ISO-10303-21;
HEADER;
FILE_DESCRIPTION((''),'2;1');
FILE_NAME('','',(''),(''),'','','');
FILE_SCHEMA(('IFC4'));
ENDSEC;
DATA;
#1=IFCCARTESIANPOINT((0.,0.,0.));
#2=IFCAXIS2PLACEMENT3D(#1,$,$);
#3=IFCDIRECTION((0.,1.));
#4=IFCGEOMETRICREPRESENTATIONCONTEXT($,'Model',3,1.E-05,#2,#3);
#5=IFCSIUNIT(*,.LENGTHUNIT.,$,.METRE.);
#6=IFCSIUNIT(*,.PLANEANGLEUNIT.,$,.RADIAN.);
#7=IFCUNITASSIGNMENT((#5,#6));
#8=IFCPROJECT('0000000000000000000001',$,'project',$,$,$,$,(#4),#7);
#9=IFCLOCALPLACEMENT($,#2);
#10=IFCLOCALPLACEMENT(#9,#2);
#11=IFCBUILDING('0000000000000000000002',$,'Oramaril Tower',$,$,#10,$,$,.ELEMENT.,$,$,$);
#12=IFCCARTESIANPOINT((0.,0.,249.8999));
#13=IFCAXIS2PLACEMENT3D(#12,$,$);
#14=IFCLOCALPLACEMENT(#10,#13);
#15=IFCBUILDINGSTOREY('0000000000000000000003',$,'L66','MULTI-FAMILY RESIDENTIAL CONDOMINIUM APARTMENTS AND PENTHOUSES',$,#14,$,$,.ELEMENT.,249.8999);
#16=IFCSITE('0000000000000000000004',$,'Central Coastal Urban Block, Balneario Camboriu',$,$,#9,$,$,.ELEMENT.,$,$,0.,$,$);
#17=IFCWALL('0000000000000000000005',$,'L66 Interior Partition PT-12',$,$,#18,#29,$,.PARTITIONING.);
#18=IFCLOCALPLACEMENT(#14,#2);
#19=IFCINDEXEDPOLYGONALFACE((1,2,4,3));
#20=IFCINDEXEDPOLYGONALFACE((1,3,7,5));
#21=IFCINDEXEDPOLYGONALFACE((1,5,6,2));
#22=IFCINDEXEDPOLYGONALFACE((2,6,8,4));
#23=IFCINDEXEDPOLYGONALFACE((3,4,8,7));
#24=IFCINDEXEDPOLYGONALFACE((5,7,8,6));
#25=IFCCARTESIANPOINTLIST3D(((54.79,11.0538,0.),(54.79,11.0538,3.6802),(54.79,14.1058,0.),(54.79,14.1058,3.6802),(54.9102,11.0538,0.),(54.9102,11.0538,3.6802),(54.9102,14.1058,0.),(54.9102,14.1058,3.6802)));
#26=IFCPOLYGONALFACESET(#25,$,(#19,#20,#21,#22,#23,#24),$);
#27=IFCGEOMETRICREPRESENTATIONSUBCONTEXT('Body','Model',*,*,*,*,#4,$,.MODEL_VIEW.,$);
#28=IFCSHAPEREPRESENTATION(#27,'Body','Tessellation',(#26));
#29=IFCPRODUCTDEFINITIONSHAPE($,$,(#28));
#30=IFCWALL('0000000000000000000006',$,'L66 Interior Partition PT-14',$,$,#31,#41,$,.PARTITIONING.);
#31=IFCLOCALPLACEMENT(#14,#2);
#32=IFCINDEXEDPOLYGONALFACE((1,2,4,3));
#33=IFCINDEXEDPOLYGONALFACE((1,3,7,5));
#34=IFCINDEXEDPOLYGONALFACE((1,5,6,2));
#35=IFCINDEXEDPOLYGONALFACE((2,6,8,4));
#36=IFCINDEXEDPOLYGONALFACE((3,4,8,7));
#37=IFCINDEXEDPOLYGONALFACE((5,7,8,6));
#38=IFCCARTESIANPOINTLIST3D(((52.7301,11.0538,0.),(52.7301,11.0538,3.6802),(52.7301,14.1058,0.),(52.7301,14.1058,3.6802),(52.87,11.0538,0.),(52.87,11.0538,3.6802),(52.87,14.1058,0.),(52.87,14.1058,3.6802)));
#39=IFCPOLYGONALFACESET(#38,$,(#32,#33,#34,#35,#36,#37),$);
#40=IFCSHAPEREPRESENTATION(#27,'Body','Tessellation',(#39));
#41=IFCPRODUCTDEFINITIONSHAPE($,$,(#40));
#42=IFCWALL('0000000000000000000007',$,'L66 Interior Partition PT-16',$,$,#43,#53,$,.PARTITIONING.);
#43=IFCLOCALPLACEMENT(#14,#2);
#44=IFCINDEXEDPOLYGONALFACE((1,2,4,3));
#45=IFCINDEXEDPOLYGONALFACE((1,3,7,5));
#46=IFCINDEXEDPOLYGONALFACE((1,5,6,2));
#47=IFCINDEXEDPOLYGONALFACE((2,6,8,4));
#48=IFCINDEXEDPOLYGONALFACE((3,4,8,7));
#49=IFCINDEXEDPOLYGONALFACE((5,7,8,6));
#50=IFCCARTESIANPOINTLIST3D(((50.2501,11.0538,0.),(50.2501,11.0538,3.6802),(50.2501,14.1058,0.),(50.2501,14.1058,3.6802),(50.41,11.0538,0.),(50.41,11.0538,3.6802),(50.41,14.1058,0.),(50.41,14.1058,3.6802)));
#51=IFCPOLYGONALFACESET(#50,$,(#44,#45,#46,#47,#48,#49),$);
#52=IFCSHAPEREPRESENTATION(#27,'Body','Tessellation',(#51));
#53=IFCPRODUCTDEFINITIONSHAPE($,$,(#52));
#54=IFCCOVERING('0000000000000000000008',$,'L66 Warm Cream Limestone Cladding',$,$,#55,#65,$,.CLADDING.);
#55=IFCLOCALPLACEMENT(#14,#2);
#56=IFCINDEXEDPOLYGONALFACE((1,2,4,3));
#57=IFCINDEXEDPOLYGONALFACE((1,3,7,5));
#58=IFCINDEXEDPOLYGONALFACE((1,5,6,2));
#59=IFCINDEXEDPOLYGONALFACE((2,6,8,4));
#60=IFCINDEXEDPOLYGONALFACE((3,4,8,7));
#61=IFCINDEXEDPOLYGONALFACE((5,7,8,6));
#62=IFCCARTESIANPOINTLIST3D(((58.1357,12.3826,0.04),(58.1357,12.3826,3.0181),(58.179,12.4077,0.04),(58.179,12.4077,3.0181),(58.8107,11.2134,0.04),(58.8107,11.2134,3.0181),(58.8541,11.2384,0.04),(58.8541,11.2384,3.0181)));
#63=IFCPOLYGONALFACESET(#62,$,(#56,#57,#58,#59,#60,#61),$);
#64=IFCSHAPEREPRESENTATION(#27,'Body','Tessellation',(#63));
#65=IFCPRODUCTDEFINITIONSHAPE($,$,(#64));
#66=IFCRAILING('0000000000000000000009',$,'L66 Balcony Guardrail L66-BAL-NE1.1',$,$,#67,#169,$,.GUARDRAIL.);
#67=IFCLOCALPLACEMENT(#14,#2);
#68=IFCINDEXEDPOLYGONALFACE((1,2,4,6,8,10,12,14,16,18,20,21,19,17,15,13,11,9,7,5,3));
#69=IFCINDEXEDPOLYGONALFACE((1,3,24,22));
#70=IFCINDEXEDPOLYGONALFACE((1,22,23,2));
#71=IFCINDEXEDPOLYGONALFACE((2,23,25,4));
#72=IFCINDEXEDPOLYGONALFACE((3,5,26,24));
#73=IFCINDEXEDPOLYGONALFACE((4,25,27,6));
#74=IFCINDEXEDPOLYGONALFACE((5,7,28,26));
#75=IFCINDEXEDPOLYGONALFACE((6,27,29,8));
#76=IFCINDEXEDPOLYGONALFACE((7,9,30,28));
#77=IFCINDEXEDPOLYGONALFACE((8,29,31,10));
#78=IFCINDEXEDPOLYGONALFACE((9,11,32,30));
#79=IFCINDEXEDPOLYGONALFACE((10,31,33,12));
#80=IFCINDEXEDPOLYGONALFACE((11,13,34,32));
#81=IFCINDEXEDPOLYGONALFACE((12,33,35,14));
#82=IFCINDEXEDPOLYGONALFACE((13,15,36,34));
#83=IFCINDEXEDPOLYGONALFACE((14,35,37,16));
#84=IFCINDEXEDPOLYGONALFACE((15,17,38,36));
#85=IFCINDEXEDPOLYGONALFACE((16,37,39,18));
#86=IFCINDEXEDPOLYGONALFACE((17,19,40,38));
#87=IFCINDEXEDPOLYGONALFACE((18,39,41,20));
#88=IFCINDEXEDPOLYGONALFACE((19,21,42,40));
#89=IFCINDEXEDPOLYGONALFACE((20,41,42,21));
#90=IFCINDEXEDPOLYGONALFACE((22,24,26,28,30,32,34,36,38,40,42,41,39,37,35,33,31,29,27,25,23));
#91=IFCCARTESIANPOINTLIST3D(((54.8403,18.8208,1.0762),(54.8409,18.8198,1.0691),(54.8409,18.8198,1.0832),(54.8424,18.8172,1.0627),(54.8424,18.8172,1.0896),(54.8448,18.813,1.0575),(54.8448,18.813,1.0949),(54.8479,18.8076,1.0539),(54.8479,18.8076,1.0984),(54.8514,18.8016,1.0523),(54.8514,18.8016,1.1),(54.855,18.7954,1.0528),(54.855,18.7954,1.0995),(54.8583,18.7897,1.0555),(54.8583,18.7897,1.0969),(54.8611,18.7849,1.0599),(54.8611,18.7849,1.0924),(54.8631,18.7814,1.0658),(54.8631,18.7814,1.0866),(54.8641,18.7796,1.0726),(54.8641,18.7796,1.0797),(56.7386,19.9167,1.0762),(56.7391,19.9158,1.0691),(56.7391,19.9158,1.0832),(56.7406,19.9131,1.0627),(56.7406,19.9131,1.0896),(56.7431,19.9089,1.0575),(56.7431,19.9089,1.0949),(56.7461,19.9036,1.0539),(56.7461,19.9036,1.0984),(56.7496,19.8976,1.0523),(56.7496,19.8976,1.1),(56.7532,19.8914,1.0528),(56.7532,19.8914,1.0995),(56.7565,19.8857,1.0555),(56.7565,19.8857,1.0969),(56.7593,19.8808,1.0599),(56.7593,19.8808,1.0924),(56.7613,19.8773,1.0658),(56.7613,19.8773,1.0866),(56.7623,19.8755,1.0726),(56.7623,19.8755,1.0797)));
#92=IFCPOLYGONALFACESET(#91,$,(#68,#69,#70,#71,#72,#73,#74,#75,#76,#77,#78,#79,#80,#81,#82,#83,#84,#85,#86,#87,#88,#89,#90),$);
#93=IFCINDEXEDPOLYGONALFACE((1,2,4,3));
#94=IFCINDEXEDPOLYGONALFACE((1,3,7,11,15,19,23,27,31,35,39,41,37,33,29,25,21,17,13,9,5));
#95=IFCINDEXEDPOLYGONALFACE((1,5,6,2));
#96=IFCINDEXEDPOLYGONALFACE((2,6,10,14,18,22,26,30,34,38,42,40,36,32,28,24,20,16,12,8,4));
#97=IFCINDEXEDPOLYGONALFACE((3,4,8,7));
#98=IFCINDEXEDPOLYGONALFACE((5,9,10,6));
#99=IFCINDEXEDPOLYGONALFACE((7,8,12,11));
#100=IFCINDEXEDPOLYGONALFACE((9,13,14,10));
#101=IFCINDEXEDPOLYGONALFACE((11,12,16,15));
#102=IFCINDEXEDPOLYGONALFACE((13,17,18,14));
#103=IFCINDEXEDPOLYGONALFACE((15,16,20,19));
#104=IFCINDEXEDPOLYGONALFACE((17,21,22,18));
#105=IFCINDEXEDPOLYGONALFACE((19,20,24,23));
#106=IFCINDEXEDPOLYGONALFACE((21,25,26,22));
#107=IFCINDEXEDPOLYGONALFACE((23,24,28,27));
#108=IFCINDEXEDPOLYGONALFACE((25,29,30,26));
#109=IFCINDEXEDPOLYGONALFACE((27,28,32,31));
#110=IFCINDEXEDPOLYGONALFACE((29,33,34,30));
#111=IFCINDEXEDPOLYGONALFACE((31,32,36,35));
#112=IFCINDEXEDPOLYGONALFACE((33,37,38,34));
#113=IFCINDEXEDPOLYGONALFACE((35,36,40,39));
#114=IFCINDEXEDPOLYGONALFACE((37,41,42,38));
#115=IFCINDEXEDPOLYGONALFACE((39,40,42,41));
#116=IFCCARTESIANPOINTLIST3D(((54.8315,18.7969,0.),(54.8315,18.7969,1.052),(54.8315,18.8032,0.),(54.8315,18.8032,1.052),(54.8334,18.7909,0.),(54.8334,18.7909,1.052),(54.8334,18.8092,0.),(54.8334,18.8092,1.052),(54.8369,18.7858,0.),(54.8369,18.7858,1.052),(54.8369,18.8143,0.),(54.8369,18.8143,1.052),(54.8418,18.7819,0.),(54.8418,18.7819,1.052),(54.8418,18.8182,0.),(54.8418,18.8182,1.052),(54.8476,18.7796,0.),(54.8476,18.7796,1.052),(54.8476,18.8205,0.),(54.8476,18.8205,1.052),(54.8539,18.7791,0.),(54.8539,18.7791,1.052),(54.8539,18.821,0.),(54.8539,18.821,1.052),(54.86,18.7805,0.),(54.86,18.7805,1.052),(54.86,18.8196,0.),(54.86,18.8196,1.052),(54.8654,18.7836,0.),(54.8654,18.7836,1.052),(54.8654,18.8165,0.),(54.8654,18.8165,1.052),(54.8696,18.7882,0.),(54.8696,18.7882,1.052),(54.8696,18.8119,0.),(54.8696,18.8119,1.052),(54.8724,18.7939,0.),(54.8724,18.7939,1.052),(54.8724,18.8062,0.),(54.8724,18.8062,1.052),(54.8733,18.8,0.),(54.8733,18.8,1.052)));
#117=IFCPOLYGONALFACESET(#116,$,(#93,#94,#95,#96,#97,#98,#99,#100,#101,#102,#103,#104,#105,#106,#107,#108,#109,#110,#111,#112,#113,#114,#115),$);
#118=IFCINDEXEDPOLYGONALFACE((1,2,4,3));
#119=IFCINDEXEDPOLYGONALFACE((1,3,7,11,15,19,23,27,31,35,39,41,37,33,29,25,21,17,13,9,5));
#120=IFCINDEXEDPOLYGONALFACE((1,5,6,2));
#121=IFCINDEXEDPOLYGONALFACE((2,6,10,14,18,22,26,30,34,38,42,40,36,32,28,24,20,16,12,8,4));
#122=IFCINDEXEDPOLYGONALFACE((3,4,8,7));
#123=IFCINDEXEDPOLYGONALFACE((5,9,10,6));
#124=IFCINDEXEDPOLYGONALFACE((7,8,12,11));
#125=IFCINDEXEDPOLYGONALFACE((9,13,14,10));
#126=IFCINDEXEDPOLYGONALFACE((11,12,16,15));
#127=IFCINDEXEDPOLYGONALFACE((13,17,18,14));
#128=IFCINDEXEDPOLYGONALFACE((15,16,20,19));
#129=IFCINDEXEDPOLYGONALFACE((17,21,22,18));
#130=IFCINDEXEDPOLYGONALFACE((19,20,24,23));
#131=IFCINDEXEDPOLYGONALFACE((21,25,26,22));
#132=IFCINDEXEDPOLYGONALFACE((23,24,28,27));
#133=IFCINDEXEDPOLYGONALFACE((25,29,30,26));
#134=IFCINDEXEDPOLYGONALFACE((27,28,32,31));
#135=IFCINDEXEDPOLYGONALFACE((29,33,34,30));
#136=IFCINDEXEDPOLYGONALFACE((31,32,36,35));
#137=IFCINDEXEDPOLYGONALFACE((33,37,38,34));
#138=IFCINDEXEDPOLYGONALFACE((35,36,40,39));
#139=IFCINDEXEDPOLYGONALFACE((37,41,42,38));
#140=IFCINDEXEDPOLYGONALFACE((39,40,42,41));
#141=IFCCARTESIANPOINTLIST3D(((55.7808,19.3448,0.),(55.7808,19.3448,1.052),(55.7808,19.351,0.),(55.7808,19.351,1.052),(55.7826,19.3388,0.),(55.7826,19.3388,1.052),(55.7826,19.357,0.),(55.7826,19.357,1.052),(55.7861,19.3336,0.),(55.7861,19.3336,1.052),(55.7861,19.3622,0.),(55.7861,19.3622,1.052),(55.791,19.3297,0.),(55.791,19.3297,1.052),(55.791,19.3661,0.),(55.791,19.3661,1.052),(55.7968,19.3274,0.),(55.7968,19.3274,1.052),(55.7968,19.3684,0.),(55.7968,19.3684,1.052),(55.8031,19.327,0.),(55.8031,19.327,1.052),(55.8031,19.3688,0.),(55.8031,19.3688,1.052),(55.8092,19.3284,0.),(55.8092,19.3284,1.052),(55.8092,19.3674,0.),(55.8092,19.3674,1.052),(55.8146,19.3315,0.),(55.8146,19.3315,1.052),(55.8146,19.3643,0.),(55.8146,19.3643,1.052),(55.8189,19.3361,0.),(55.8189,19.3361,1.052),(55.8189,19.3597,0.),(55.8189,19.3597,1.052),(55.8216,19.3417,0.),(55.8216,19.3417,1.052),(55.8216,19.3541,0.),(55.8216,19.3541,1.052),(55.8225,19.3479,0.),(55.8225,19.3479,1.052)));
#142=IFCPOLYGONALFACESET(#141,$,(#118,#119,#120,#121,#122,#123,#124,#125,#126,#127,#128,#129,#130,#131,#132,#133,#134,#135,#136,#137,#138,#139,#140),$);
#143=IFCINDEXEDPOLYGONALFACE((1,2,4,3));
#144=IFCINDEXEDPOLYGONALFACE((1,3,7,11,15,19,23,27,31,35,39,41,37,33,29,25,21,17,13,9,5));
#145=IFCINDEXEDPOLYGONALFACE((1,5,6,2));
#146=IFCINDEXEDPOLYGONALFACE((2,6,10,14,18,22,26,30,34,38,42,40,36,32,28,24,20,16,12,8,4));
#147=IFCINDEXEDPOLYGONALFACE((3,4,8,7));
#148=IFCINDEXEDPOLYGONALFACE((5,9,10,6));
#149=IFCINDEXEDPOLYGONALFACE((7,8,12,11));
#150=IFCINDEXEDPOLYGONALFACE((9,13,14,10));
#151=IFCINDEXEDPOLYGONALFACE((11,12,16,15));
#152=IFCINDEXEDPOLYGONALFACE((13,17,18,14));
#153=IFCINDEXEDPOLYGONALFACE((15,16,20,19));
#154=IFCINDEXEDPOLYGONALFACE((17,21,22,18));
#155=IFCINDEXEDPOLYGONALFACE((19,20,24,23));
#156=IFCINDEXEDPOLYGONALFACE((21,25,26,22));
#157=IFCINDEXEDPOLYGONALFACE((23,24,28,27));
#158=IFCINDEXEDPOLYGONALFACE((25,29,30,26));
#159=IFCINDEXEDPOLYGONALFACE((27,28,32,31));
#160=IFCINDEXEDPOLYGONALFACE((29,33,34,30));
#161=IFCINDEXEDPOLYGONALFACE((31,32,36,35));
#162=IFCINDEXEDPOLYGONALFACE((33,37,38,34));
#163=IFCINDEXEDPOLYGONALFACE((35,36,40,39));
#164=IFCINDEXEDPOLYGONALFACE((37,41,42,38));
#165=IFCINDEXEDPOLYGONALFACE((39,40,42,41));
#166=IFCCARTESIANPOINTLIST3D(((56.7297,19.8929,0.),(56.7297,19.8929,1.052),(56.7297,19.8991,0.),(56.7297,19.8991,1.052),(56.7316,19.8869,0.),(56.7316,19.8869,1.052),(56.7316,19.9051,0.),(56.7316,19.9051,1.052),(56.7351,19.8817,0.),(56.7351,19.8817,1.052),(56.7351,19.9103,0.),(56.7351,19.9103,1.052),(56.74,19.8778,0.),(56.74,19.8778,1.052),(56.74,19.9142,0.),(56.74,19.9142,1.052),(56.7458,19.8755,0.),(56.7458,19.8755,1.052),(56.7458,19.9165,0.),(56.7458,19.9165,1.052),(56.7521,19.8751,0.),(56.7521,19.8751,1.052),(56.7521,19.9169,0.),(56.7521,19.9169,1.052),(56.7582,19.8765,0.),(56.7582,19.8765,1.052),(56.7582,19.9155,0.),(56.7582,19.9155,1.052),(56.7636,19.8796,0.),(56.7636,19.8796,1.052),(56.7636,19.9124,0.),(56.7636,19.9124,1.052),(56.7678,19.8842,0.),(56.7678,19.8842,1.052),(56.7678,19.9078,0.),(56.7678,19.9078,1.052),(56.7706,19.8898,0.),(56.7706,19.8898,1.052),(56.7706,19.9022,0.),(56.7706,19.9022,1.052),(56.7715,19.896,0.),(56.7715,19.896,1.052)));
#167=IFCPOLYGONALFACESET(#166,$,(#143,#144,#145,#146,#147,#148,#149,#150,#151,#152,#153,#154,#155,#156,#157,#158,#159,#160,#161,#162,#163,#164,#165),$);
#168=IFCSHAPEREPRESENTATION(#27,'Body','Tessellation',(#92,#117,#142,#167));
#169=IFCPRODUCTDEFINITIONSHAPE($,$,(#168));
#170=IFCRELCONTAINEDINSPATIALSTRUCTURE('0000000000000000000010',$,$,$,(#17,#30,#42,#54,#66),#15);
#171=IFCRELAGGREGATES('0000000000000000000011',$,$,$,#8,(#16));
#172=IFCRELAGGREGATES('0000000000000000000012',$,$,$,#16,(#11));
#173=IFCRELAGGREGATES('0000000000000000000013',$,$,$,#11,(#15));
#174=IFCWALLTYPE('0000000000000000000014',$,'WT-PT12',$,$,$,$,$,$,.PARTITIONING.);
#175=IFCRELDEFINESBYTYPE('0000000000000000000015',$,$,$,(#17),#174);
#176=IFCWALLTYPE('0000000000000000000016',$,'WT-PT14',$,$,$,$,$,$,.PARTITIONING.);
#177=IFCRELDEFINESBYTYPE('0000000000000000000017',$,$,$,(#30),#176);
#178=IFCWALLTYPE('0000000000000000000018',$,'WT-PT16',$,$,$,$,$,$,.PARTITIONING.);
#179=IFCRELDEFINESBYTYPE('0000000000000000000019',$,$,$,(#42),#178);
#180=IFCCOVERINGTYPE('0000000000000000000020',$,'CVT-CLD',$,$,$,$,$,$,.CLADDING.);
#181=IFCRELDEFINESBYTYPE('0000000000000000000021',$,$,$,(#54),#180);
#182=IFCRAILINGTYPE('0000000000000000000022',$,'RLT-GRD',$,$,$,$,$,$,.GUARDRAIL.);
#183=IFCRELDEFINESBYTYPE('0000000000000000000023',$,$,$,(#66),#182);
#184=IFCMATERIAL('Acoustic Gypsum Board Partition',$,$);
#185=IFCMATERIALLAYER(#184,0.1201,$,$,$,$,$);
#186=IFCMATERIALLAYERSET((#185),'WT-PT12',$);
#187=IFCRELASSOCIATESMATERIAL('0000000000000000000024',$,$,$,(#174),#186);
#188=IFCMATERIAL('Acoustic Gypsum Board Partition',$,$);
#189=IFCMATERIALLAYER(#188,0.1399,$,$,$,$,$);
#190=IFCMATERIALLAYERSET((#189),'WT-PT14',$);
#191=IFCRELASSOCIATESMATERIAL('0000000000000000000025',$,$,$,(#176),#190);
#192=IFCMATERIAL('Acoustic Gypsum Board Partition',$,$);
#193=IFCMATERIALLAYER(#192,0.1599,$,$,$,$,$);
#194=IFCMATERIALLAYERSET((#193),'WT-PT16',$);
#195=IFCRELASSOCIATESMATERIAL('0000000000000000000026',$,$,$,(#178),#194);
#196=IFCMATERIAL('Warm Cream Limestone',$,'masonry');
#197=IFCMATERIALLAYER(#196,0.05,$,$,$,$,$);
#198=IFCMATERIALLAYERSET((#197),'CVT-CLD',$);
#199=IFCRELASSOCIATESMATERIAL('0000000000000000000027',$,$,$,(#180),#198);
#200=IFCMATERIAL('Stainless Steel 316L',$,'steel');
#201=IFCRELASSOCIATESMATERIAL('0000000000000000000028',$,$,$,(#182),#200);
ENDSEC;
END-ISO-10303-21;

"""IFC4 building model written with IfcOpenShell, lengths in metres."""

from ifc_helpers import new_model, si_unit, direction, frame, frame_2d, origin, origin_2d, place, context, subcontext, project, spatial, rectangle, circle, extrude, material, layer, layer_set, type_object, element, save


model = new_model("IFC4")

# Units and contexts
model_context = context("Model", 3, precision=1e-05, world=origin(), true_north=direction((0.0, 1.0)))
body_context = subcontext(model_context, "Body", "Model", "MODEL_VIEW")
ifc_project = project(units=[si_unit("LENGTHUNIT", "METRE"), si_unit("PLANEANGLEUNIT", "RADIAN")], contexts=[model_context])

# Site, building, storey
site_placement = place(None, origin())
site = spatial("IfcSite", under=ifc_project, at=site_placement, Name="Central Coastal Urban Block, Balneario Camboriu", CompositionType="ELEMENT", RefElevation=0.0)
building_placement = place(site_placement, origin())
building = spatial("IfcBuilding", under=site, at=building_placement, Name="Oramaril Tower", CompositionType="ELEMENT")
storey_placement = place(building_placement, frame((0.0, 0.0, 249.8999)))
storey = spatial("IfcBuildingStorey", under=building, at=storey_placement, Name="L66", Description="MULTI-FAMILY RESIDENTIAL CONDOMINIUM APARTMENTS AND PENTHOUSES", CompositionType="ELEMENT", Elevation=249.8999)

# Walls
ifc_material_1 = material(Name="Acoustic Gypsum Board Partition")
ifc_layer_1 = layer(ifc_material_1, 0.1201)
ifc_layer_set_1 = layer_set([ifc_layer_1], Name="WT-PT12")
wall_type_1 = type_object("IfcWallType", Name="WT-PT12", PredefinedType="PARTITIONING", material=ifc_layer_set_1)
wall_1_placement = place(storey_placement, frame((54.8501, 11.054, 0.0), z_axis=(0.0, 0.0, 1.0), x_axis=(0.0, 1.0, 0.0)))
element("IfcWall", 1, at=wall_1_placement, inside=storey, type_object=wall_type_1, Name="L66 Interior Partition PT-12", PredefinedType="PARTITIONING", context=body_context, shape_type="SweptSolid", body=[
    extrude(rectangle(XDim=3.052, YDim=0.1201, at=frame_2d((1.5259, 0.0))), origin(), (0.0, 0.0, 1.0), 3.6802),
])
ifc_material_2 = material(Name="Acoustic Gypsum Board Partition")
ifc_layer_2 = layer(ifc_material_2, 0.1399)
ifc_layer_set_2 = layer_set([ifc_layer_2], Name="WT-PT14")
wall_type_2 = type_object("IfcWallType", Name="WT-PT14", PredefinedType="PARTITIONING", material=ifc_layer_set_2)
wall_2_placement = place(storey_placement, frame((52.8, 11.054, 0.0), z_axis=(0.0, 0.0, 1.0), x_axis=(0.0, 1.0, 0.0)))
element("IfcWall", 2, at=wall_2_placement, inside=storey, type_object=wall_type_2, Name="L66 Interior Partition PT-14", PredefinedType="PARTITIONING", context=body_context, shape_type="SweptSolid", body=[
    extrude(rectangle(XDim=3.052, YDim=0.1399, at=frame_2d((1.5259, 0.0))), origin(), (0.0, 0.0, 1.0), 3.6802),
])
ifc_material_3 = material(Name="Acoustic Gypsum Board Partition")
ifc_layer_3 = layer(ifc_material_3, 0.1599)
ifc_layer_set_3 = layer_set([ifc_layer_3], Name="WT-PT16")
wall_type_3 = type_object("IfcWallType", Name="WT-PT16", PredefinedType="PARTITIONING", material=ifc_layer_set_3)
wall_3_placement = place(storey_placement, frame((50.3301, 11.054, 0.0), z_axis=(0.0, 0.0, 1.0), x_axis=(0.0, 1.0, 0.0)))
element("IfcWall", 3, at=wall_3_placement, inside=storey, type_object=wall_type_3, Name="L66 Interior Partition PT-16", PredefinedType="PARTITIONING", context=body_context, shape_type="SweptSolid", body=[
    extrude(rectangle(XDim=3.052, YDim=0.1599, at=frame_2d((1.5259, 0.0))), origin(), (0.0, 0.0, 1.0), 3.6802),
])

# Covering
ifc_material_4 = material(Name="Warm Cream Limestone", Category="masonry")
ifc_layer_4 = layer(ifc_material_4, 0.05)
ifc_layer_set_4 = layer_set([ifc_layer_4], Name="CVT-CLD")
covering_type = type_object("IfcCoveringType", Name="CVT-CLD", PredefinedType="CLADDING", material=ifc_layer_set_4)
covering_placement = place(storey_placement, frame((58.4949, 11.8105, 0.04), z_axis=(0.0, 0.0, 1.0), x_axis=(-0.499998, 0.866026, 0.0)))
element("IfcCovering", 4, at=covering_placement, inside=storey, type_object=covering_type, Name="L66 Warm Cream Limestone Cladding", PredefinedType="CLADDING", context=body_context, shape_type="SweptSolid", body=[
    extrude(rectangle(XDim=1.3501, YDim=0.05, at=origin_2d()), origin(), (0.0, 0.0, 1.0), 2.978),
])

# Railing
ifc_material_5 = material(Name="Stainless Steel 316L", Category="steel")
railing_type = type_object("IfcRailingType", Name="RLT-GRD", PredefinedType="GUARDRAIL", material=ifc_material_5)
railing_1_placement = place(storey_placement, frame((54.8523, 18.8, 0.0)))
element("IfcRailing", 5, at=railing_1_placement, inside=storey, type_object=railing_type, Name="L66 Balcony Guardrail L66-BAL-NE1.1", PredefinedType="GUARDRAIL", context=body_context, shape_type="SweptSolid", body=[
    extrude(circle(Radius=0.0239, at=origin_2d()), frame((0.0, 0.0, 1.0762), z_axis=(0.866021, 0.500008, 0.0), x_axis=(-0.500008, 0.866021, 0.0)), (0.0, 0.0, 1.0), 2.1919),
    extrude(circle(Radius=0.021, at=origin_2d()), origin(), (0.0, 0.0, 1.0), 1.052),
    extrude(circle(Radius=0.021, at=origin_2d()), frame((0.9492, 0.5479, 0.0)), (0.0, 0.0, 1.0), 1.052),
    extrude(circle(Radius=0.021, at=origin_2d()), frame((1.8982, 1.0959, 0.0)), (0.0, 0.0, 1.0), 1.052),
])

save(model, "model.ifc")
